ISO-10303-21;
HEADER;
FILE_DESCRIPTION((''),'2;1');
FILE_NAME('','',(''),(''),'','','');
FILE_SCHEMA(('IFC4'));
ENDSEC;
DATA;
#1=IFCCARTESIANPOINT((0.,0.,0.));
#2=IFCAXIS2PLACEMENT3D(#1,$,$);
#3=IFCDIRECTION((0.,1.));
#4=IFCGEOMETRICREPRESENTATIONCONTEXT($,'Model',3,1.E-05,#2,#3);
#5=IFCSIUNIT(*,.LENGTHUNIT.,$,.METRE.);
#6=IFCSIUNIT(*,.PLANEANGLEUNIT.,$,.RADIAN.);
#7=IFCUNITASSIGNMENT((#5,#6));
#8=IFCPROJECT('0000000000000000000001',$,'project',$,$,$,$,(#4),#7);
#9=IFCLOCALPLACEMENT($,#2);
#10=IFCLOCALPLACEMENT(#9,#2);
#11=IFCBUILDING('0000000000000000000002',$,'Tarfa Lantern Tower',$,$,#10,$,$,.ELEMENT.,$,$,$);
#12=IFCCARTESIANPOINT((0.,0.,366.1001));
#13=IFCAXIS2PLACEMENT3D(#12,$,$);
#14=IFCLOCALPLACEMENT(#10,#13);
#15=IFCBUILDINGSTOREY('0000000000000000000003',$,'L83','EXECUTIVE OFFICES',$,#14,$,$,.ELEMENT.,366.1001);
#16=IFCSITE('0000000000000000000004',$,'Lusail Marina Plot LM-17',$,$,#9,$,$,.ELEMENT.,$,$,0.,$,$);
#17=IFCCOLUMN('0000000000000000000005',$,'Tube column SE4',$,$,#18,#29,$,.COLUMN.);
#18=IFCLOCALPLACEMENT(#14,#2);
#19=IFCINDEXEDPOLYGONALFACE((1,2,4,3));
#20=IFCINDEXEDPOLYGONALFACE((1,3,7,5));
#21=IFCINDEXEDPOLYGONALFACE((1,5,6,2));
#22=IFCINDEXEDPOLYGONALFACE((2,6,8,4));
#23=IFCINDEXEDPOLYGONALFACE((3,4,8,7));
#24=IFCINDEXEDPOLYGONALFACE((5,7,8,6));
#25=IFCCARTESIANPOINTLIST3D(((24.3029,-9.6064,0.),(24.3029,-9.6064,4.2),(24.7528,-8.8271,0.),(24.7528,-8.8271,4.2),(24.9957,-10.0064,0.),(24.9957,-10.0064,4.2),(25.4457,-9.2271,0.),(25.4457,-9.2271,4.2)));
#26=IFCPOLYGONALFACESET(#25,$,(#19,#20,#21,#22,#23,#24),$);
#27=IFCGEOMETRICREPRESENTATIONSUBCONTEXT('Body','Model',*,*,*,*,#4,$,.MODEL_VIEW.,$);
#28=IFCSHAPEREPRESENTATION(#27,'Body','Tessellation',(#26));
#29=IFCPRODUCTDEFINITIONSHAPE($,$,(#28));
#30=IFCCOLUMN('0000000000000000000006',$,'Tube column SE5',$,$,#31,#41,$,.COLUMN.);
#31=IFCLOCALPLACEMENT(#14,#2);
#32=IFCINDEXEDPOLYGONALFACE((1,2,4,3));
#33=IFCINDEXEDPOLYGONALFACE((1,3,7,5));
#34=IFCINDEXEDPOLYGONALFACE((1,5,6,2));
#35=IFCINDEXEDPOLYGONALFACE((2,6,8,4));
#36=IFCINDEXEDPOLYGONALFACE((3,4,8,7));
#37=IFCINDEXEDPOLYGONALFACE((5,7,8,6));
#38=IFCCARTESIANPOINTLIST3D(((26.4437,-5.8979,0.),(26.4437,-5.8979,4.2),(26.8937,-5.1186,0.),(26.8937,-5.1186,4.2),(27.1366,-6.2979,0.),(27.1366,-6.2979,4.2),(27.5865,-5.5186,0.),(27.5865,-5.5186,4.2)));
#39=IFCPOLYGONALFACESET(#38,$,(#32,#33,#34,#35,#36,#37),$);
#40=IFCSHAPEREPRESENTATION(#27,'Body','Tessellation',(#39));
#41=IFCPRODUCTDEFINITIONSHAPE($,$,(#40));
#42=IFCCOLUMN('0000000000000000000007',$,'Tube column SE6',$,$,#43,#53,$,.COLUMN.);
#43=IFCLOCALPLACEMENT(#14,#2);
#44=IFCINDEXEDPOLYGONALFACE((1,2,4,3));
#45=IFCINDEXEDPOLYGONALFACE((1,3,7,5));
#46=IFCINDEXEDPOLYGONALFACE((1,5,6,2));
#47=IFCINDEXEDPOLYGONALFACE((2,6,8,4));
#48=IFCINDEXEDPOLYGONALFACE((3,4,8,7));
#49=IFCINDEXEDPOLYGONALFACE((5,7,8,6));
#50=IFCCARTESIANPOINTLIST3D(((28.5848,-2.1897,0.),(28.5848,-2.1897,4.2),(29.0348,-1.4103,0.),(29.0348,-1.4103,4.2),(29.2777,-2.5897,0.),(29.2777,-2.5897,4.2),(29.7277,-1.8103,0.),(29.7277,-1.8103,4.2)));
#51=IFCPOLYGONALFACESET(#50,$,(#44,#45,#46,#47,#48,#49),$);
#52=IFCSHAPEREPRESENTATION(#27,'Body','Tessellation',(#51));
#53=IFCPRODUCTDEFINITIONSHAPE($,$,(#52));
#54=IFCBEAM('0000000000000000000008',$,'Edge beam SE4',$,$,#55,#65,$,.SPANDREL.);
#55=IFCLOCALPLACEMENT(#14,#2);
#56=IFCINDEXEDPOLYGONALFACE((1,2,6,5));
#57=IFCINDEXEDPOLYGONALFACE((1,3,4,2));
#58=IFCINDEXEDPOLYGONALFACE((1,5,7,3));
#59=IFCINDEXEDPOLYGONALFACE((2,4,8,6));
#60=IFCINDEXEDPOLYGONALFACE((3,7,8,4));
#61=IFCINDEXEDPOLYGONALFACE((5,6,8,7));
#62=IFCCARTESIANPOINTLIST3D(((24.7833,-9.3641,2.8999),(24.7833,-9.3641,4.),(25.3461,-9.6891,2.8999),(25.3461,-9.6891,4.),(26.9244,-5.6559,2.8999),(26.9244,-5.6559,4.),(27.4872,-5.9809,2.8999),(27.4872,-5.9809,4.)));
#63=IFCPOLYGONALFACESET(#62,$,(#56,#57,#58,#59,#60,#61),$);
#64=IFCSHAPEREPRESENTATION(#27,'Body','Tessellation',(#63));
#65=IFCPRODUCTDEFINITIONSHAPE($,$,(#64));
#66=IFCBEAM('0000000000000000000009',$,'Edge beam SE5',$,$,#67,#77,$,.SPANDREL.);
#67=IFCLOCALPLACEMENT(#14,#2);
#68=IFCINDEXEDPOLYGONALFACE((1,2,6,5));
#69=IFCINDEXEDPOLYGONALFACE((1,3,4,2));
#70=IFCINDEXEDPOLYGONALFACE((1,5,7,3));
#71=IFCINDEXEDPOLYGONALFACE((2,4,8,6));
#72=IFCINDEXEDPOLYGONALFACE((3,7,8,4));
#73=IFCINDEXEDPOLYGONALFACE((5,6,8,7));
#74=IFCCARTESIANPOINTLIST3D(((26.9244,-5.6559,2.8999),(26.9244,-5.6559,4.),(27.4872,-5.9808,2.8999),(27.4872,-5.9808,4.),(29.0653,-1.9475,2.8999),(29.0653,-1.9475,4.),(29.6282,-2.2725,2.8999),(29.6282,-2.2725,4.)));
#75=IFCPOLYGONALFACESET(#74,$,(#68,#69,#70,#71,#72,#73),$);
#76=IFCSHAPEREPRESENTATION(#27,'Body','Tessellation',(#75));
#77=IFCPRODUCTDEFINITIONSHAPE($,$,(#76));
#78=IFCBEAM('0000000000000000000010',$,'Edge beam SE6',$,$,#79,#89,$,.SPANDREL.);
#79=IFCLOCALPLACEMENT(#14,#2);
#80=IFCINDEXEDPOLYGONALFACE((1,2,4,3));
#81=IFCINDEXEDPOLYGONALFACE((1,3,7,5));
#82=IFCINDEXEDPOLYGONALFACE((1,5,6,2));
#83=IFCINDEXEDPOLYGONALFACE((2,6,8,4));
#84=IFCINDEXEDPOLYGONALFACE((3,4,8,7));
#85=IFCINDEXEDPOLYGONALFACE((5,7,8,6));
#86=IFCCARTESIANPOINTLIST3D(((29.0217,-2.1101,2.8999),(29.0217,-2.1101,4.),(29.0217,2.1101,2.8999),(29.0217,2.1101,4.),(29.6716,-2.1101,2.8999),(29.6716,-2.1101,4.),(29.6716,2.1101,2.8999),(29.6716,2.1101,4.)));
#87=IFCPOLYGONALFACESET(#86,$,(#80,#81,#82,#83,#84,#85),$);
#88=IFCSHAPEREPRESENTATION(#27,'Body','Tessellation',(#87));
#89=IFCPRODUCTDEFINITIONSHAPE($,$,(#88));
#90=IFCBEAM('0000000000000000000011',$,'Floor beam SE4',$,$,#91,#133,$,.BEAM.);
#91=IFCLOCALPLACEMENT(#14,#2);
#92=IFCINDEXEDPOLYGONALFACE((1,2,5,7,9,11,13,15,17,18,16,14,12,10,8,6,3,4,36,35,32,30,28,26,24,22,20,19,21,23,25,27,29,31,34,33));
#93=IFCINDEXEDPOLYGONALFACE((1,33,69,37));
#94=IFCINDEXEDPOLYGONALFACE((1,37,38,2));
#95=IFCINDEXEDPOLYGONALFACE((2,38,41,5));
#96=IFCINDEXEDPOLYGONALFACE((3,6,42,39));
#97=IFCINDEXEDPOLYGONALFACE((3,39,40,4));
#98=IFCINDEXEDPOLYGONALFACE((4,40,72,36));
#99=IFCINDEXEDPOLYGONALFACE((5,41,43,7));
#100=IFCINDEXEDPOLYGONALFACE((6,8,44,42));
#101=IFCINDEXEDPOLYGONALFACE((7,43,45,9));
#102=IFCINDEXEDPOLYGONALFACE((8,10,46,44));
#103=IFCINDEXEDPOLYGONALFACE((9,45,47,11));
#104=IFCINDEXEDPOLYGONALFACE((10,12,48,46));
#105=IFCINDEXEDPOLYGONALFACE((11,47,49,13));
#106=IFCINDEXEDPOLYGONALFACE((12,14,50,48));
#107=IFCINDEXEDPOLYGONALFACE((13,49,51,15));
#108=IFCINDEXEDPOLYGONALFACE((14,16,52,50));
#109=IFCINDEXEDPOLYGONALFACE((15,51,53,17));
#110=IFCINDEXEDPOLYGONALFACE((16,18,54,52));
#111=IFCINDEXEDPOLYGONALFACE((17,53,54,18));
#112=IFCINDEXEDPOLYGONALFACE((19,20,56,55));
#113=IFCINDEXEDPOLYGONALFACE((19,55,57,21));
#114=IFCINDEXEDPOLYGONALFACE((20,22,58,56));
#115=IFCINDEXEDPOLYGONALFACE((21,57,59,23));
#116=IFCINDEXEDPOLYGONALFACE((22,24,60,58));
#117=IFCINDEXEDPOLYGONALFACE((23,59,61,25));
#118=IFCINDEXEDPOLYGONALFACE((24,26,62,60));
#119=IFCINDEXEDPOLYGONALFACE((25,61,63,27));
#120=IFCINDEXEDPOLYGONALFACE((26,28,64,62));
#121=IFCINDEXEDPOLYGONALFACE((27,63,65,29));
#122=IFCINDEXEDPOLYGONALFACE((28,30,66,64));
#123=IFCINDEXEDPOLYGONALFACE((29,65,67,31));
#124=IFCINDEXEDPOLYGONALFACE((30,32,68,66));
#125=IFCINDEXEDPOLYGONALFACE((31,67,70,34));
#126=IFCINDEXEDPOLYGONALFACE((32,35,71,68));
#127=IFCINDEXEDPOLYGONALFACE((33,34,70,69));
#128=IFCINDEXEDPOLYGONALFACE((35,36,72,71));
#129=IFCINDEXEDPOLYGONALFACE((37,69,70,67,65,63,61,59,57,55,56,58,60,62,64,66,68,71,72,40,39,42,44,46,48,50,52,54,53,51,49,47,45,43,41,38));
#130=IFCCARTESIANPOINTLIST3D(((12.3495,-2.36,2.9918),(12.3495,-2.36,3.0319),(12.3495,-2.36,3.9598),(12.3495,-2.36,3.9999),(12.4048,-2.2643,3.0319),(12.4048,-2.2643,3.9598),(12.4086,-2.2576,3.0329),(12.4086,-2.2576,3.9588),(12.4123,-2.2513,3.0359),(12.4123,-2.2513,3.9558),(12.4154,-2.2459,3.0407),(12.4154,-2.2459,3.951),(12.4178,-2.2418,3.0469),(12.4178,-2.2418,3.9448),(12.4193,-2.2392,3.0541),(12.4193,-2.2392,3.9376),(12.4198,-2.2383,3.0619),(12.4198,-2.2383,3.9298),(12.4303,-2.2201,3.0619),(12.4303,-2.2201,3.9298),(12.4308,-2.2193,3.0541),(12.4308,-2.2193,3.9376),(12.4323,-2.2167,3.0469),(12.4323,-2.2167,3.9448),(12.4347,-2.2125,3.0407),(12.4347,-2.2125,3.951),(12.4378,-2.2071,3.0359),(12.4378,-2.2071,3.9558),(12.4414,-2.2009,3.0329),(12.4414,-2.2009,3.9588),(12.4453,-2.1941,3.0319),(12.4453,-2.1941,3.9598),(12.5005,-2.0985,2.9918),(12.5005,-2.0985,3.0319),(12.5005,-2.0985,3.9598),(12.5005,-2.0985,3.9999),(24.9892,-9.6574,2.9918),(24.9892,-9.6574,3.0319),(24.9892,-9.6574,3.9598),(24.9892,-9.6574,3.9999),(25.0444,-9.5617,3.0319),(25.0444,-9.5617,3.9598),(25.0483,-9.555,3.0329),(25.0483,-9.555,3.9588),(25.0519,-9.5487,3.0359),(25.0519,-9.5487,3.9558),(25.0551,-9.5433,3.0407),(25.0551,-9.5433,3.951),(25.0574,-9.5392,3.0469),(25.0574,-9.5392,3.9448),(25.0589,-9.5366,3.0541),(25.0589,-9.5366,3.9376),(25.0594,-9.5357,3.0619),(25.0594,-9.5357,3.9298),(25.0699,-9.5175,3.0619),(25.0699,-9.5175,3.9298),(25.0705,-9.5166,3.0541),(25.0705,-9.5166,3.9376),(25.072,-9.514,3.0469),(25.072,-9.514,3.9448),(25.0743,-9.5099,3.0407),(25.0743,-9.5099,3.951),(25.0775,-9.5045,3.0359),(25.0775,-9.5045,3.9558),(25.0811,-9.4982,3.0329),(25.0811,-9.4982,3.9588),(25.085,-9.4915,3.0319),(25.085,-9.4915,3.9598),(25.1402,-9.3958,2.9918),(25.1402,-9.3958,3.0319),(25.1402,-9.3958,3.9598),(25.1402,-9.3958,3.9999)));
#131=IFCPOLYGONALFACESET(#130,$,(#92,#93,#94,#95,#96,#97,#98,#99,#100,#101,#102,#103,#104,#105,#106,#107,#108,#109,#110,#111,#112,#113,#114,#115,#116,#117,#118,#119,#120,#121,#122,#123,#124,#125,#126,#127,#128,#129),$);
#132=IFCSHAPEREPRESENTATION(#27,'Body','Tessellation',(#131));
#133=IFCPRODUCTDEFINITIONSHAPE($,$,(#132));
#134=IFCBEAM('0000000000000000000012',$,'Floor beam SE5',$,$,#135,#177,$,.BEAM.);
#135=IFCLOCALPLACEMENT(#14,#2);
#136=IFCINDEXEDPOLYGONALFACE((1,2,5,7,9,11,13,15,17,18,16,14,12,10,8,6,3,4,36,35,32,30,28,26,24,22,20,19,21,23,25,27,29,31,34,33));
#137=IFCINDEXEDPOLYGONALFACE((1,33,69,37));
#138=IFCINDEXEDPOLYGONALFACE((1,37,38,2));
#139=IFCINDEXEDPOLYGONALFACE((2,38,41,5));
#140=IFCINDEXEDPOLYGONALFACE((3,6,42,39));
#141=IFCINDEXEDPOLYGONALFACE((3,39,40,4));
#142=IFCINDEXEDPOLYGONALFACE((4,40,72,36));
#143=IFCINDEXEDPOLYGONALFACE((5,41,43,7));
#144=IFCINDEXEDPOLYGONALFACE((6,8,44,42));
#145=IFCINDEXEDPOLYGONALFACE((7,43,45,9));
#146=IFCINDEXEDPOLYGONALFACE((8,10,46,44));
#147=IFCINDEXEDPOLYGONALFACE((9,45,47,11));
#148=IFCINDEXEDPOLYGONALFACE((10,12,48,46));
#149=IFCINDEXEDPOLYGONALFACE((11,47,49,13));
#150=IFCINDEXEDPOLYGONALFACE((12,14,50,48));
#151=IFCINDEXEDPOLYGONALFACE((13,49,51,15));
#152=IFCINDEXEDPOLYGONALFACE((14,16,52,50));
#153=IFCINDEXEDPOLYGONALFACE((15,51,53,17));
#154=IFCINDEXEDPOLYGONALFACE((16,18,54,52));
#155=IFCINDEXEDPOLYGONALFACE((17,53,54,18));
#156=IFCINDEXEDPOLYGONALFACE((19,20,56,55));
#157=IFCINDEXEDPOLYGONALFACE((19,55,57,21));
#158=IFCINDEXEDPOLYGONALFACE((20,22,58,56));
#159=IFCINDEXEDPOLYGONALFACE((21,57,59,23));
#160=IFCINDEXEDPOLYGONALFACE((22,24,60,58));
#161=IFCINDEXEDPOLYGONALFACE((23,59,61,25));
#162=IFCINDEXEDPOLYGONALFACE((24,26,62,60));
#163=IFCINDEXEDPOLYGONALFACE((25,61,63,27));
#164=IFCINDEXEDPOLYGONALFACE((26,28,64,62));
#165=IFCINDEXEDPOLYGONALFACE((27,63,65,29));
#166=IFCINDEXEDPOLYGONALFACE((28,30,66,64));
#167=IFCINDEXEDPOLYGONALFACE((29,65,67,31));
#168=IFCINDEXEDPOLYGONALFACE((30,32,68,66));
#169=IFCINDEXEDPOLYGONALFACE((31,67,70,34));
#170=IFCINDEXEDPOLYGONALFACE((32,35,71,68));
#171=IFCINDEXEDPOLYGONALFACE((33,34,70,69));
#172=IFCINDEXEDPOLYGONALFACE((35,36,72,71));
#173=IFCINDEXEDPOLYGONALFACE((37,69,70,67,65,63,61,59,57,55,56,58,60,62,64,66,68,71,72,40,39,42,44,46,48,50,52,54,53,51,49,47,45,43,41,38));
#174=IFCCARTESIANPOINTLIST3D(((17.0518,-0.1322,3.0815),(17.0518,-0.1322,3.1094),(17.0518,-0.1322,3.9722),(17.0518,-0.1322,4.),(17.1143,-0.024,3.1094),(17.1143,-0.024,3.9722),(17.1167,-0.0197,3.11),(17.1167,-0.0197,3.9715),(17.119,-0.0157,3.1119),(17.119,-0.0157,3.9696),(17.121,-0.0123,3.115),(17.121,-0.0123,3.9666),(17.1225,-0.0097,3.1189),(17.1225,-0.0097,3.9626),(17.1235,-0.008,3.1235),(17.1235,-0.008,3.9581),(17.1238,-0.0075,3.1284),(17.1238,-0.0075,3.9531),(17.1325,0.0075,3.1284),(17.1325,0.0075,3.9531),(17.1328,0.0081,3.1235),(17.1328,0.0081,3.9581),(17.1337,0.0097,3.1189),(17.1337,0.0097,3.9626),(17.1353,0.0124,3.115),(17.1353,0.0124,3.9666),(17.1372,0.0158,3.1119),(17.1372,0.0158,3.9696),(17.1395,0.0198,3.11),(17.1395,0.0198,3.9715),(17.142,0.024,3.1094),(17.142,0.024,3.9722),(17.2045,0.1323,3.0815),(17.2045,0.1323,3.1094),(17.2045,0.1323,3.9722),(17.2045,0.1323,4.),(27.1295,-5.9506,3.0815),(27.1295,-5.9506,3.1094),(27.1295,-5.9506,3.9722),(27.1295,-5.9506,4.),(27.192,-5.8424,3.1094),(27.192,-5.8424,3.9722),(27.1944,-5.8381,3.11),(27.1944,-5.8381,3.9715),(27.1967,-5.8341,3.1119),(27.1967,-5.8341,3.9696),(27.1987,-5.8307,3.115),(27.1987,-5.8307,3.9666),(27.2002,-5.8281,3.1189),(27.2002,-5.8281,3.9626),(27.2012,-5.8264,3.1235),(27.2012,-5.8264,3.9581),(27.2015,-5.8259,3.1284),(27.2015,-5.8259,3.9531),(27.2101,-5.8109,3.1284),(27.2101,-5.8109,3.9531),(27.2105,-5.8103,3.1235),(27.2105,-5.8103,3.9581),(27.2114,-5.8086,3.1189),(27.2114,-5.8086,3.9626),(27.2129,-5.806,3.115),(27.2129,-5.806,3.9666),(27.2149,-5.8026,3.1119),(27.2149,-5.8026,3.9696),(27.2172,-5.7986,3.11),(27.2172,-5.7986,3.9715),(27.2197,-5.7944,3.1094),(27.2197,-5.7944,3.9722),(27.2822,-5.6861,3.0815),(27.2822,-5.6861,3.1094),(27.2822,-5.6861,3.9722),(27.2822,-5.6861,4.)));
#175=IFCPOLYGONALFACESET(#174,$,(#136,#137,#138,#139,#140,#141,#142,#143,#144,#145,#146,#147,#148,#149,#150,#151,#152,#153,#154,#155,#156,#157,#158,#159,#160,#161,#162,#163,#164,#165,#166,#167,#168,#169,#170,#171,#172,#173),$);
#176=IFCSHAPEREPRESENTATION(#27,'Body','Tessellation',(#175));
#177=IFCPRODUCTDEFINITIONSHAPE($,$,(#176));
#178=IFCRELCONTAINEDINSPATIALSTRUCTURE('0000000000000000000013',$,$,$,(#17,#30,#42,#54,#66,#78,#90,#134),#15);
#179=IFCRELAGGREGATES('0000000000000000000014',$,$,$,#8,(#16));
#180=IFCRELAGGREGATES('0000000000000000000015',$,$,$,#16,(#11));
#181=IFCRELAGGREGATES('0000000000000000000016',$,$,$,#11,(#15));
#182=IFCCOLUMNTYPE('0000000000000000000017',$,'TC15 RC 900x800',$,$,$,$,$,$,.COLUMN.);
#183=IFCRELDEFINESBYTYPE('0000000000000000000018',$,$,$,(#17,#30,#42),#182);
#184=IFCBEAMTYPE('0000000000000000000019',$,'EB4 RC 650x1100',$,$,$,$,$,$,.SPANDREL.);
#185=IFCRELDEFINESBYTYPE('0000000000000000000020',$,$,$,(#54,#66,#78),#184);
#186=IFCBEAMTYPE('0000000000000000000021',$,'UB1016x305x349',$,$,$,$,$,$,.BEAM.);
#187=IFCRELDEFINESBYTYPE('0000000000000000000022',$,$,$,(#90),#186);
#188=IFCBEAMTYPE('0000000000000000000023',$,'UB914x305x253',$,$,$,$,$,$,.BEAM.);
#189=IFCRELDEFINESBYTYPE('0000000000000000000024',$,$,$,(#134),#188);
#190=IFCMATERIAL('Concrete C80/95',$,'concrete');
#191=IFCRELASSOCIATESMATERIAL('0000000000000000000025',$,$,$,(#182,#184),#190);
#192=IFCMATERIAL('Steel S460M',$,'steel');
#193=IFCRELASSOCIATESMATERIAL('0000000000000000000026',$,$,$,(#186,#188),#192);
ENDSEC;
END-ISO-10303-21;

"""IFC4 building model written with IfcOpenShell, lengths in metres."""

from ifc_helpers import new_model, si_unit, direction, frame, origin, origin_2d, place, context, subcontext, project, spatial, rectangle, i_section, extrude, material, material_profile, profile_set, type_object, element, save


model = new_model("IFC4")

# Units and contexts
model_context = context("Model", 3, precision=1e-05, world=origin(), true_north=direction((0.0, 1.0)))
body_context = subcontext(model_context, "Body", "Model", "MODEL_VIEW")
ifc_project = project(units=[si_unit("LENGTHUNIT", "METRE"), si_unit("PLANEANGLEUNIT", "RADIAN")], contexts=[model_context])

# Site, building, storey
site_placement = place(None, origin())
site = spatial("IfcSite", under=ifc_project, at=site_placement, Name="Lusail Marina Plot LM-17", CompositionType="ELEMENT", RefElevation=0.0)
building_placement = place(site_placement, origin())
building = spatial("IfcBuilding", under=site, at=building_placement, Name="Tarfa Lantern Tower", CompositionType="ELEMENT")
storey_placement = place(building_placement, frame((0.0, 0.0, 366.1001)))
storey = spatial("IfcBuildingStorey", under=building, at=storey_placement, Name="L83", Description="EXECUTIVE OFFICES", CompositionType="ELEMENT", Elevation=366.1001)

# Columns
ifc_material_1 = material(Name="Concrete C80/95", Category="concrete")
ifc_material_profile_1 = material_profile(ifc_material_1, rectangle(XDim=0.8999, YDim=0.8, at=origin_2d()), Name="RC 900x800")
ifc_profile_set_1 = profile_set([ifc_material_profile_1], Name="Concrete C80/95")
column_type = type_object("IfcColumnType", Name="TC15 RC 900x800", PredefinedType="COLUMN", material=ifc_profile_set_1)
for number, where, z_axis, x_axis, name in (
    (1, (24.8743, -9.4167, 0.0), (0.0, 0.0, 1.0), (0.5, 0.866025, 0.0), "Tube column SE4"),
    (2, (27.0151, -5.7083, 0.0), (0.0, 0.0, 1.0), (0.5, 0.866025, 0.0), "Tube column SE5"),
    (3, (29.1562, -2.0, 0.0), (0.0, 0.0, 1.0), (0.5, 0.866025, 0.0), "Tube column SE6"),
):
    element("IfcColumn", number, at=place(storey_placement, frame(where, z_axis=z_axis, x_axis=x_axis)), inside=storey, type_object=column_type, Name=name, PredefinedType="COLUMN", context=body_context, shape_type="SweptSolid", body=[
        extrude(rectangle(XDim=0.8999, YDim=0.8, at=origin_2d()), origin(), (0.0, 0.0, 1.0), 4.2),
    ])

# Beams
ifc_material_profile_2 = material_profile(ifc_material_1, rectangle(XDim=0.6499, YDim=1.1001, at=origin_2d()), Name="RC 650x1100")
ifc_profile_set_2 = profile_set([ifc_material_profile_2], Name="Concrete C80/95")
beam_type_1 = type_object("IfcBeamType", Name="EB4 RC 650x1100", PredefinedType="SPANDREL", material=ifc_profile_set_2)
for number, where, z_axis, x_axis, name in (
    (4, (25.0647, -9.5266, 3.45), (0.500027, 0.86601, 0.0), (-0.86601, 0.500027, 0.0), "Edge beam SE4"),
    (5, (27.2058, -5.8184, 3.45), (0.499984, 0.866035, 0.0), (-0.866035, 0.499984, 0.0), "Edge beam SE5"),
):
    element("IfcBeam", number, at=place(storey_placement, frame(where, z_axis=z_axis, x_axis=x_axis)), inside=storey, type_object=beam_type_1, Name=name, PredefinedType="SPANDREL", context=body_context, shape_type="SweptSolid", body=[
        extrude(rectangle(XDim=0.6499, YDim=1.1001, at=origin_2d()), origin(), (0.0, 0.0, 1.0), 4.282),
    ])
beam_1_placement = place(storey_placement, frame((29.3467, -2.1101, 3.45), z_axis=(0.0, 1.0, 0.0), x_axis=(-1.0, 0.0, 0.0)))
element("IfcBeam", 6, at=beam_1_placement, inside=storey, type_object=beam_type_1, Name="Edge beam SE6", PredefinedType="SPANDREL", context=body_context, shape_type="SweptSolid", body=[
    extrude(rectangle(XDim=0.6499, YDim=1.1001, at=origin_2d()), origin(), (0.0, 0.0, 1.0), 4.2202),
])
ifc_material_2 = material(Name="Steel S460M", Category="steel")
ifc_material_profile_3 = material_profile(ifc_material_2, i_section(OverallWidth=0.302, OverallDepth=1.0081, WebThickness=0.021, FlangeThickness=0.04, FilletRadius=0.03, at=origin_2d()), Name="UB1016x305x349")
ifc_profile_set_3 = profile_set([ifc_material_profile_3], Name="Steel S460M")
beam_type_2 = type_object("IfcBeamType", Name="UB1016x305x349", PredefinedType="BEAM", material=ifc_profile_set_3)
beam_2_placement = place(storey_placement, frame((25.0647, -9.5266, 3.4958), z_axis=(-0.86603, 0.499993, 0.0), x_axis=(-0.499993, -0.86603, 0.0)))
element("IfcBeam", 7, at=beam_2_placement, inside=storey, type_object=beam_type_2, Name="Floor beam SE4", PredefinedType="BEAM", context=body_context, shape_type="SweptSolid", body=[
    extrude(i_section(OverallWidth=0.302, OverallDepth=1.0081, WebThickness=0.021, FlangeThickness=0.04, FilletRadius=0.03, at=origin_2d()), origin(), (0.0, 0.0, 1.0), 14.595),
])
ifc_material_profile_4 = material_profile(ifc_material_2, i_section(OverallWidth=0.3054, OverallDepth=0.9185, WebThickness=0.0173, FlangeThickness=0.0278, FilletRadius=0.019, at=origin_2d()), Name="UB914x305x253")
ifc_profile_set_4 = profile_set([ifc_material_profile_4], Name="Steel S460M")
beam_type_3 = type_object("IfcBeamType", Name="UB914x305x253", PredefinedType="BEAM", material=ifc_profile_set_4)
beam_3_placement = place(storey_placement, frame((27.2058, -5.8184, 3.5408), z_axis=(-0.866024, 0.500002, 0.0), x_axis=(-0.500002, -0.866024, 0.0)))
element("IfcBeam", 8, at=beam_3_placement, inside=storey, type_object=beam_type_3, Name="Floor beam SE5", PredefinedType="BEAM", context=body_context, shape_type="SweptSolid", body=[
    extrude(i_section(OverallWidth=0.3054, OverallDepth=0.9185, WebThickness=0.0173, FlangeThickness=0.0278, FilletRadius=0.019, at=origin_2d()), origin(), (0.0, 0.0, 1.0), 11.6367),
])

save(model, "model.ifc")
